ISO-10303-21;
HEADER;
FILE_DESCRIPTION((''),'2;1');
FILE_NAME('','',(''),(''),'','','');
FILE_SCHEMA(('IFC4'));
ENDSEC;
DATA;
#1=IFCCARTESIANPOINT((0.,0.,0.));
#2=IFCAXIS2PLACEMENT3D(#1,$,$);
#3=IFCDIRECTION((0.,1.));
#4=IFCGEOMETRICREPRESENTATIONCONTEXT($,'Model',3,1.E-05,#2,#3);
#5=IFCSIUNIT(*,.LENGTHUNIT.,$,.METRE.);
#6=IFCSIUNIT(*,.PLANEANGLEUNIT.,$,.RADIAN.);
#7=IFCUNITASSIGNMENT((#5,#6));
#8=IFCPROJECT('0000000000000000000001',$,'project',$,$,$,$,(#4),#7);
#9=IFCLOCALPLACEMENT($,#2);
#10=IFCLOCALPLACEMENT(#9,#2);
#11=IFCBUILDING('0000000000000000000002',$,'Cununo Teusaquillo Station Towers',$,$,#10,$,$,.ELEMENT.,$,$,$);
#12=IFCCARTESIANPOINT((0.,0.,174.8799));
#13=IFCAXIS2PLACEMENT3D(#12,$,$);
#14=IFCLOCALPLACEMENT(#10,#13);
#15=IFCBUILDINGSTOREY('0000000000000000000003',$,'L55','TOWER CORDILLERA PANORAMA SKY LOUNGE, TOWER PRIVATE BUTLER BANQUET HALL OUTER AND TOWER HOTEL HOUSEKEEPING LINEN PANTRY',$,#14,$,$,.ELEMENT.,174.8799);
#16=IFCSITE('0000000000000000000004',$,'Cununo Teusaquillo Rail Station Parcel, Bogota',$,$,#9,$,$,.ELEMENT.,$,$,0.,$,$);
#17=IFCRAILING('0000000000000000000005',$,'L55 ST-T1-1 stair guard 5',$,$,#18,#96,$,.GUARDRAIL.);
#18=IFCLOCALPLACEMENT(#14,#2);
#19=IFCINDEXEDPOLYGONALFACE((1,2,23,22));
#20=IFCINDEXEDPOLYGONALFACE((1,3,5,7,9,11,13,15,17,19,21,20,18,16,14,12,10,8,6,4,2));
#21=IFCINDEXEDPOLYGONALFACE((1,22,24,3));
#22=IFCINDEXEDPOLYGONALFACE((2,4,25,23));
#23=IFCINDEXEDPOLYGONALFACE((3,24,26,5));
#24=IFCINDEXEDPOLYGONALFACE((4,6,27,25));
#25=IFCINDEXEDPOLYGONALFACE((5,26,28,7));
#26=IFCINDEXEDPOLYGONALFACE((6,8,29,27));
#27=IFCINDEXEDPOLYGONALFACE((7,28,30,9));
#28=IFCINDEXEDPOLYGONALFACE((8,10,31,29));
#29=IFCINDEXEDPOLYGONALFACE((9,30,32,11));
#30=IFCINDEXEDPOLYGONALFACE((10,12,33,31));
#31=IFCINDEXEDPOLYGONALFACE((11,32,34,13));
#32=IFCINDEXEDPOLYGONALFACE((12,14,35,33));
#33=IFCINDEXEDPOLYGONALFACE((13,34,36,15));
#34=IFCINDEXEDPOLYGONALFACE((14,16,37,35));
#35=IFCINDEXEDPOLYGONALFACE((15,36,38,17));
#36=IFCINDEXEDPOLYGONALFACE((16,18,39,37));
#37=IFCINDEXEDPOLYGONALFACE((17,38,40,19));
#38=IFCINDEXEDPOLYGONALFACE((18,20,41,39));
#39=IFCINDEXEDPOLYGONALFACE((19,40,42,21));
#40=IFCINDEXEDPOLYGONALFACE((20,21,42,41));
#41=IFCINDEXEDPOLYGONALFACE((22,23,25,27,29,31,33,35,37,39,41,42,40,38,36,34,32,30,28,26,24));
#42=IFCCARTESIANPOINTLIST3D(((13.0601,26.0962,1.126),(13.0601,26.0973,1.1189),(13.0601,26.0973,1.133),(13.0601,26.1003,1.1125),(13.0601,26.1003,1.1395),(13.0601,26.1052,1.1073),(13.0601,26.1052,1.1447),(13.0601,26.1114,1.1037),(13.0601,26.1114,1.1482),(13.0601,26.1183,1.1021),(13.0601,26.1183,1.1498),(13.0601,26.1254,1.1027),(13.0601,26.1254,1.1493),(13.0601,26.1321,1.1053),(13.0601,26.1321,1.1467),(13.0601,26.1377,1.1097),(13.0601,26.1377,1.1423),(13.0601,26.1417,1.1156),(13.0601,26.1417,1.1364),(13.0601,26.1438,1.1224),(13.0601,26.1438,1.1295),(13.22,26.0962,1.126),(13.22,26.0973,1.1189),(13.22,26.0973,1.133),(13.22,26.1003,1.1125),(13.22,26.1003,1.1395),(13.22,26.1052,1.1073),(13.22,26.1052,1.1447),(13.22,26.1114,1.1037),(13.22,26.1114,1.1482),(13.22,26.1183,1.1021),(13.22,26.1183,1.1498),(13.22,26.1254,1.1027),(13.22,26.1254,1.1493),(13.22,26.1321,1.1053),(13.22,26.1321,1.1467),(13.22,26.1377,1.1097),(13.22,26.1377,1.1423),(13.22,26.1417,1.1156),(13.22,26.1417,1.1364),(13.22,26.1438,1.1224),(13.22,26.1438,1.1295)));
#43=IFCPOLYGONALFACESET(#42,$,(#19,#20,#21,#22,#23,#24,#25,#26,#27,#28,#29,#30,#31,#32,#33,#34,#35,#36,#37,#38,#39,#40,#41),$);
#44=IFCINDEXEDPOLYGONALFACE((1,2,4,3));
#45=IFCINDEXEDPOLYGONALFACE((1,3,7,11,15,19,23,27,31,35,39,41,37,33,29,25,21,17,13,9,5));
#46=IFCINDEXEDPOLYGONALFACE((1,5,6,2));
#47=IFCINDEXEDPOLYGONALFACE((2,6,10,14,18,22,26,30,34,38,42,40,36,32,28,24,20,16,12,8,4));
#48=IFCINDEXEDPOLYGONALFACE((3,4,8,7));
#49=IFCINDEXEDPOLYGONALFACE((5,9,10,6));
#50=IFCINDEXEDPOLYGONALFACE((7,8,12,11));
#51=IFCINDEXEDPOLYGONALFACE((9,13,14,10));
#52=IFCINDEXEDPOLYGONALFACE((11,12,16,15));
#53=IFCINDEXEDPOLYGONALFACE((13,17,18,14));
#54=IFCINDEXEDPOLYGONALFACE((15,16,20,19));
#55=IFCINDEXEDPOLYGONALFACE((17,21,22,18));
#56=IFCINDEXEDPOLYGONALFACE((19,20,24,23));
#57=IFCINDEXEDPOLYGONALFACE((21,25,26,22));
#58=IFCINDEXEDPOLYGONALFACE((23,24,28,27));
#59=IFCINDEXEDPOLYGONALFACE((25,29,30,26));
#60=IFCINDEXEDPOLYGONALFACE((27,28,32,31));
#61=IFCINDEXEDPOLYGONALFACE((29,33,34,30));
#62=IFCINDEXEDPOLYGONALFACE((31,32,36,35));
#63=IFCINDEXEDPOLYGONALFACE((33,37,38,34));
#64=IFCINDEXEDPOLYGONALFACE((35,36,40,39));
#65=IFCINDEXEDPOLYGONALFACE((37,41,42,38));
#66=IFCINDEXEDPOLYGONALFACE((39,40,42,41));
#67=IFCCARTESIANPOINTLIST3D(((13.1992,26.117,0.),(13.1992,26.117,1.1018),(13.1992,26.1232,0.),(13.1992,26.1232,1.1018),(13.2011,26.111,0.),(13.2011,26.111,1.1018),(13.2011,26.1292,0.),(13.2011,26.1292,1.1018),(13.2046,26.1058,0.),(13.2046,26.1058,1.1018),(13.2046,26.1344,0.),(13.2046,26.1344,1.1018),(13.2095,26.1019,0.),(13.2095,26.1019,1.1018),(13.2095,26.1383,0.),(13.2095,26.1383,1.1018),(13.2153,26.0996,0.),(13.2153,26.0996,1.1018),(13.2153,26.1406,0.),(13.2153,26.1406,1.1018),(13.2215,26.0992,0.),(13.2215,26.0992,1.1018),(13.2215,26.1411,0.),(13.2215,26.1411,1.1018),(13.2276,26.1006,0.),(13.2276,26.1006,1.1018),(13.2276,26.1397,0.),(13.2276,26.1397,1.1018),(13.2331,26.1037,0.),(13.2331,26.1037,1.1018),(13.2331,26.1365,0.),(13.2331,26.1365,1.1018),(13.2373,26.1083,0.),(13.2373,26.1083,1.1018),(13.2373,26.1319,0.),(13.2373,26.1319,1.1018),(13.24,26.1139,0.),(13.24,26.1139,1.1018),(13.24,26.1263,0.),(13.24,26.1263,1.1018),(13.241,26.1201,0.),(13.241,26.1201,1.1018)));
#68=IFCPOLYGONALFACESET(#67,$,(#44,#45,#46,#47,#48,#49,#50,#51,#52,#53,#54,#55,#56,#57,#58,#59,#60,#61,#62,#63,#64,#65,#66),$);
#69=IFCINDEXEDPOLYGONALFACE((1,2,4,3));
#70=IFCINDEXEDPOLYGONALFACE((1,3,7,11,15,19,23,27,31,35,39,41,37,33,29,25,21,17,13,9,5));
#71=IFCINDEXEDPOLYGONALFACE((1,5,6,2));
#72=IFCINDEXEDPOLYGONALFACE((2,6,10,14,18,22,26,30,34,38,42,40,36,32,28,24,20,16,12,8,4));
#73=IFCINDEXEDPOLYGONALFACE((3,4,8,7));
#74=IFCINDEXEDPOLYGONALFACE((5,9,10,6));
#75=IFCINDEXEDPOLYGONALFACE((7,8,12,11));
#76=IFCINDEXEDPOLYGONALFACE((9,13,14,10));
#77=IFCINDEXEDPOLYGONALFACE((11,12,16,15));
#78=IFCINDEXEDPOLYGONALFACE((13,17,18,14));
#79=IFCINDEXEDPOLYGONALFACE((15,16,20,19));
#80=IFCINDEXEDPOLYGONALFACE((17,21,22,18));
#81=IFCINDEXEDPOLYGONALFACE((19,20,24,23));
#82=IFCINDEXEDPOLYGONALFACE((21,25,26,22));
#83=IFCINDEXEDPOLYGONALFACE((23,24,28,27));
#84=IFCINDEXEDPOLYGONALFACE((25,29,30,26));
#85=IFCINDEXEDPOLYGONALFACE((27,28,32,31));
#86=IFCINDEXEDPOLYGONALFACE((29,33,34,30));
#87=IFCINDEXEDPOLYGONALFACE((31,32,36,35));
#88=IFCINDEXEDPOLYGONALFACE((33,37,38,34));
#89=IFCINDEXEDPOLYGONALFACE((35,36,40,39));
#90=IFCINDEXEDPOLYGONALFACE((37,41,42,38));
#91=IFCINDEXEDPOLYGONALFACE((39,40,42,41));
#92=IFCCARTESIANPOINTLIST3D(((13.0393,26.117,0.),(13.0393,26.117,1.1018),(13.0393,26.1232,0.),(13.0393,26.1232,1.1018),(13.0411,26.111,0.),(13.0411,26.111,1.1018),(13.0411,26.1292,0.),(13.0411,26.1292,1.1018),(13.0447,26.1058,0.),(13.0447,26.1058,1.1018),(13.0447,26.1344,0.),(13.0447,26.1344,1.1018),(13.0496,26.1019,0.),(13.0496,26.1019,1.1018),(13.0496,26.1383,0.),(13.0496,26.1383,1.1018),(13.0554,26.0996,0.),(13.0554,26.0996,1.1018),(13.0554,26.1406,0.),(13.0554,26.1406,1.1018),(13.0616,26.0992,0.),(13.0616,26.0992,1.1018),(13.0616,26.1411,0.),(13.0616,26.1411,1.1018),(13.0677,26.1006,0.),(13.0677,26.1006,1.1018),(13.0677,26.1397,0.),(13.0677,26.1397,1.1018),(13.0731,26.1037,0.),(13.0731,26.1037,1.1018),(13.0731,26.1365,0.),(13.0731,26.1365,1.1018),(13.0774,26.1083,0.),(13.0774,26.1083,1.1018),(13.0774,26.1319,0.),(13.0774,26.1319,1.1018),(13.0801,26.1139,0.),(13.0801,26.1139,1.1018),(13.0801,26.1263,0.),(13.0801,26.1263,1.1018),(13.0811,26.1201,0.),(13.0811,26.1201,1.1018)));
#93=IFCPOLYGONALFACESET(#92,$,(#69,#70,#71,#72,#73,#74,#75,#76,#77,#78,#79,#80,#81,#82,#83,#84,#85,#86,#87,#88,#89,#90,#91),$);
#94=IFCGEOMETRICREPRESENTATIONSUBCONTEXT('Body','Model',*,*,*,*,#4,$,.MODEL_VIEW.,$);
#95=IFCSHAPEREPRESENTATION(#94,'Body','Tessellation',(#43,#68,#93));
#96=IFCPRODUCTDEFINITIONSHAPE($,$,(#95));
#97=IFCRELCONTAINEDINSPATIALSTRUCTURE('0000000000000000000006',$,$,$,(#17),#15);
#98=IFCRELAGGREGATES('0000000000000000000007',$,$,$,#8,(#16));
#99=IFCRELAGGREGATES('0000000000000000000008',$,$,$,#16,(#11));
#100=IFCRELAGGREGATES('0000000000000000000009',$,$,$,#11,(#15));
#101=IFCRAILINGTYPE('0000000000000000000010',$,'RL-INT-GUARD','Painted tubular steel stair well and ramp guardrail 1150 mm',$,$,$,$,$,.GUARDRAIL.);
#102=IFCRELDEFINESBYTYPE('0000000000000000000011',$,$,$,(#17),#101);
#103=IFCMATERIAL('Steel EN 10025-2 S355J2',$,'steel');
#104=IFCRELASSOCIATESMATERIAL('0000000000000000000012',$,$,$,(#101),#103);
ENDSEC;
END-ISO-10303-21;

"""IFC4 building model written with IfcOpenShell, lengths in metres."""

from ifc_helpers import new_model, si_unit, direction, frame, origin, origin_2d, place, context, subcontext, project, spatial, circle, extrude, material, type_object, element, save


model = new_model("IFC4")

# Units and contexts
model_context = context("Model", 3, precision=1e-05, world=origin(), true_north=direction((0.0, 1.0)))
body_context = subcontext(model_context, "Body", "Model", "MODEL_VIEW")
ifc_project = project(units=[si_unit("LENGTHUNIT", "METRE"), si_unit("PLANEANGLEUNIT", "RADIAN")], contexts=[model_context])

# Site, building, storey
site_placement = place(None, origin())
site = spatial("IfcSite", under=ifc_project, at=site_placement, Name="Cununo Teusaquillo Rail Station Parcel, Bogota", CompositionType="ELEMENT", RefElevation=0.0)
building_placement = place(site_placement, origin())
building = spatial("IfcBuilding", under=site, at=building_placement, Name="Cununo Teusaquillo Station Towers", CompositionType="ELEMENT")
storey_placement = place(building_placement, frame((0.0, 0.0, 174.8799)))
storey = spatial("IfcBuildingStorey", under=building, at=storey_placement, Name="L55", Description="TOWER CORDILLERA PANORAMA SKY LOUNGE, TOWER PRIVATE BUTLER BANQUET HALL OUTER AND TOWER HOTEL HOUSEKEEPING LINEN PANTRY", CompositionType="ELEMENT", Elevation=174.8799)

# Railing
ifc_material_1 = material(Name="Steel EN 10025-2 S355J2", Category="steel")
railing_type_1 = type_object("IfcRailingType", Name="RL-INT-GUARD", Description="Painted tubular steel stair well and ramp guardrail 1150 mm", PredefinedType="GUARDRAIL", material=ifc_material_1)
railing_1_placement = place(storey_placement, frame((13.22, 26.1201, 0.0)))
element("IfcRailing", 1, at=railing_1_placement, inside=storey, type_object=railing_type_1, Name="L55 ST-T1-1 stair guard 5", PredefinedType="GUARDRAIL", context=body_context, shape_type="SweptSolid", body=[
    extrude(circle(Radius=0.0239, at=origin_2d()), frame((0.0, 0.0, 1.126), z_axis=(-1.0, 0.0, 0.0), x_axis=(0.0, -1.0, 0.0)), (0.0, 0.0, 1.0), 0.1599),
    extrude(circle(Radius=0.021, at=origin_2d()), origin(), (0.0, 0.0, 1.0), 1.1018),
    extrude(circle(Radius=0.021, at=origin_2d()), frame((-0.1599, 0.0, 0.0)), (0.0, 0.0, 1.0), 1.1018),
])

save(model, "model.ifc")
